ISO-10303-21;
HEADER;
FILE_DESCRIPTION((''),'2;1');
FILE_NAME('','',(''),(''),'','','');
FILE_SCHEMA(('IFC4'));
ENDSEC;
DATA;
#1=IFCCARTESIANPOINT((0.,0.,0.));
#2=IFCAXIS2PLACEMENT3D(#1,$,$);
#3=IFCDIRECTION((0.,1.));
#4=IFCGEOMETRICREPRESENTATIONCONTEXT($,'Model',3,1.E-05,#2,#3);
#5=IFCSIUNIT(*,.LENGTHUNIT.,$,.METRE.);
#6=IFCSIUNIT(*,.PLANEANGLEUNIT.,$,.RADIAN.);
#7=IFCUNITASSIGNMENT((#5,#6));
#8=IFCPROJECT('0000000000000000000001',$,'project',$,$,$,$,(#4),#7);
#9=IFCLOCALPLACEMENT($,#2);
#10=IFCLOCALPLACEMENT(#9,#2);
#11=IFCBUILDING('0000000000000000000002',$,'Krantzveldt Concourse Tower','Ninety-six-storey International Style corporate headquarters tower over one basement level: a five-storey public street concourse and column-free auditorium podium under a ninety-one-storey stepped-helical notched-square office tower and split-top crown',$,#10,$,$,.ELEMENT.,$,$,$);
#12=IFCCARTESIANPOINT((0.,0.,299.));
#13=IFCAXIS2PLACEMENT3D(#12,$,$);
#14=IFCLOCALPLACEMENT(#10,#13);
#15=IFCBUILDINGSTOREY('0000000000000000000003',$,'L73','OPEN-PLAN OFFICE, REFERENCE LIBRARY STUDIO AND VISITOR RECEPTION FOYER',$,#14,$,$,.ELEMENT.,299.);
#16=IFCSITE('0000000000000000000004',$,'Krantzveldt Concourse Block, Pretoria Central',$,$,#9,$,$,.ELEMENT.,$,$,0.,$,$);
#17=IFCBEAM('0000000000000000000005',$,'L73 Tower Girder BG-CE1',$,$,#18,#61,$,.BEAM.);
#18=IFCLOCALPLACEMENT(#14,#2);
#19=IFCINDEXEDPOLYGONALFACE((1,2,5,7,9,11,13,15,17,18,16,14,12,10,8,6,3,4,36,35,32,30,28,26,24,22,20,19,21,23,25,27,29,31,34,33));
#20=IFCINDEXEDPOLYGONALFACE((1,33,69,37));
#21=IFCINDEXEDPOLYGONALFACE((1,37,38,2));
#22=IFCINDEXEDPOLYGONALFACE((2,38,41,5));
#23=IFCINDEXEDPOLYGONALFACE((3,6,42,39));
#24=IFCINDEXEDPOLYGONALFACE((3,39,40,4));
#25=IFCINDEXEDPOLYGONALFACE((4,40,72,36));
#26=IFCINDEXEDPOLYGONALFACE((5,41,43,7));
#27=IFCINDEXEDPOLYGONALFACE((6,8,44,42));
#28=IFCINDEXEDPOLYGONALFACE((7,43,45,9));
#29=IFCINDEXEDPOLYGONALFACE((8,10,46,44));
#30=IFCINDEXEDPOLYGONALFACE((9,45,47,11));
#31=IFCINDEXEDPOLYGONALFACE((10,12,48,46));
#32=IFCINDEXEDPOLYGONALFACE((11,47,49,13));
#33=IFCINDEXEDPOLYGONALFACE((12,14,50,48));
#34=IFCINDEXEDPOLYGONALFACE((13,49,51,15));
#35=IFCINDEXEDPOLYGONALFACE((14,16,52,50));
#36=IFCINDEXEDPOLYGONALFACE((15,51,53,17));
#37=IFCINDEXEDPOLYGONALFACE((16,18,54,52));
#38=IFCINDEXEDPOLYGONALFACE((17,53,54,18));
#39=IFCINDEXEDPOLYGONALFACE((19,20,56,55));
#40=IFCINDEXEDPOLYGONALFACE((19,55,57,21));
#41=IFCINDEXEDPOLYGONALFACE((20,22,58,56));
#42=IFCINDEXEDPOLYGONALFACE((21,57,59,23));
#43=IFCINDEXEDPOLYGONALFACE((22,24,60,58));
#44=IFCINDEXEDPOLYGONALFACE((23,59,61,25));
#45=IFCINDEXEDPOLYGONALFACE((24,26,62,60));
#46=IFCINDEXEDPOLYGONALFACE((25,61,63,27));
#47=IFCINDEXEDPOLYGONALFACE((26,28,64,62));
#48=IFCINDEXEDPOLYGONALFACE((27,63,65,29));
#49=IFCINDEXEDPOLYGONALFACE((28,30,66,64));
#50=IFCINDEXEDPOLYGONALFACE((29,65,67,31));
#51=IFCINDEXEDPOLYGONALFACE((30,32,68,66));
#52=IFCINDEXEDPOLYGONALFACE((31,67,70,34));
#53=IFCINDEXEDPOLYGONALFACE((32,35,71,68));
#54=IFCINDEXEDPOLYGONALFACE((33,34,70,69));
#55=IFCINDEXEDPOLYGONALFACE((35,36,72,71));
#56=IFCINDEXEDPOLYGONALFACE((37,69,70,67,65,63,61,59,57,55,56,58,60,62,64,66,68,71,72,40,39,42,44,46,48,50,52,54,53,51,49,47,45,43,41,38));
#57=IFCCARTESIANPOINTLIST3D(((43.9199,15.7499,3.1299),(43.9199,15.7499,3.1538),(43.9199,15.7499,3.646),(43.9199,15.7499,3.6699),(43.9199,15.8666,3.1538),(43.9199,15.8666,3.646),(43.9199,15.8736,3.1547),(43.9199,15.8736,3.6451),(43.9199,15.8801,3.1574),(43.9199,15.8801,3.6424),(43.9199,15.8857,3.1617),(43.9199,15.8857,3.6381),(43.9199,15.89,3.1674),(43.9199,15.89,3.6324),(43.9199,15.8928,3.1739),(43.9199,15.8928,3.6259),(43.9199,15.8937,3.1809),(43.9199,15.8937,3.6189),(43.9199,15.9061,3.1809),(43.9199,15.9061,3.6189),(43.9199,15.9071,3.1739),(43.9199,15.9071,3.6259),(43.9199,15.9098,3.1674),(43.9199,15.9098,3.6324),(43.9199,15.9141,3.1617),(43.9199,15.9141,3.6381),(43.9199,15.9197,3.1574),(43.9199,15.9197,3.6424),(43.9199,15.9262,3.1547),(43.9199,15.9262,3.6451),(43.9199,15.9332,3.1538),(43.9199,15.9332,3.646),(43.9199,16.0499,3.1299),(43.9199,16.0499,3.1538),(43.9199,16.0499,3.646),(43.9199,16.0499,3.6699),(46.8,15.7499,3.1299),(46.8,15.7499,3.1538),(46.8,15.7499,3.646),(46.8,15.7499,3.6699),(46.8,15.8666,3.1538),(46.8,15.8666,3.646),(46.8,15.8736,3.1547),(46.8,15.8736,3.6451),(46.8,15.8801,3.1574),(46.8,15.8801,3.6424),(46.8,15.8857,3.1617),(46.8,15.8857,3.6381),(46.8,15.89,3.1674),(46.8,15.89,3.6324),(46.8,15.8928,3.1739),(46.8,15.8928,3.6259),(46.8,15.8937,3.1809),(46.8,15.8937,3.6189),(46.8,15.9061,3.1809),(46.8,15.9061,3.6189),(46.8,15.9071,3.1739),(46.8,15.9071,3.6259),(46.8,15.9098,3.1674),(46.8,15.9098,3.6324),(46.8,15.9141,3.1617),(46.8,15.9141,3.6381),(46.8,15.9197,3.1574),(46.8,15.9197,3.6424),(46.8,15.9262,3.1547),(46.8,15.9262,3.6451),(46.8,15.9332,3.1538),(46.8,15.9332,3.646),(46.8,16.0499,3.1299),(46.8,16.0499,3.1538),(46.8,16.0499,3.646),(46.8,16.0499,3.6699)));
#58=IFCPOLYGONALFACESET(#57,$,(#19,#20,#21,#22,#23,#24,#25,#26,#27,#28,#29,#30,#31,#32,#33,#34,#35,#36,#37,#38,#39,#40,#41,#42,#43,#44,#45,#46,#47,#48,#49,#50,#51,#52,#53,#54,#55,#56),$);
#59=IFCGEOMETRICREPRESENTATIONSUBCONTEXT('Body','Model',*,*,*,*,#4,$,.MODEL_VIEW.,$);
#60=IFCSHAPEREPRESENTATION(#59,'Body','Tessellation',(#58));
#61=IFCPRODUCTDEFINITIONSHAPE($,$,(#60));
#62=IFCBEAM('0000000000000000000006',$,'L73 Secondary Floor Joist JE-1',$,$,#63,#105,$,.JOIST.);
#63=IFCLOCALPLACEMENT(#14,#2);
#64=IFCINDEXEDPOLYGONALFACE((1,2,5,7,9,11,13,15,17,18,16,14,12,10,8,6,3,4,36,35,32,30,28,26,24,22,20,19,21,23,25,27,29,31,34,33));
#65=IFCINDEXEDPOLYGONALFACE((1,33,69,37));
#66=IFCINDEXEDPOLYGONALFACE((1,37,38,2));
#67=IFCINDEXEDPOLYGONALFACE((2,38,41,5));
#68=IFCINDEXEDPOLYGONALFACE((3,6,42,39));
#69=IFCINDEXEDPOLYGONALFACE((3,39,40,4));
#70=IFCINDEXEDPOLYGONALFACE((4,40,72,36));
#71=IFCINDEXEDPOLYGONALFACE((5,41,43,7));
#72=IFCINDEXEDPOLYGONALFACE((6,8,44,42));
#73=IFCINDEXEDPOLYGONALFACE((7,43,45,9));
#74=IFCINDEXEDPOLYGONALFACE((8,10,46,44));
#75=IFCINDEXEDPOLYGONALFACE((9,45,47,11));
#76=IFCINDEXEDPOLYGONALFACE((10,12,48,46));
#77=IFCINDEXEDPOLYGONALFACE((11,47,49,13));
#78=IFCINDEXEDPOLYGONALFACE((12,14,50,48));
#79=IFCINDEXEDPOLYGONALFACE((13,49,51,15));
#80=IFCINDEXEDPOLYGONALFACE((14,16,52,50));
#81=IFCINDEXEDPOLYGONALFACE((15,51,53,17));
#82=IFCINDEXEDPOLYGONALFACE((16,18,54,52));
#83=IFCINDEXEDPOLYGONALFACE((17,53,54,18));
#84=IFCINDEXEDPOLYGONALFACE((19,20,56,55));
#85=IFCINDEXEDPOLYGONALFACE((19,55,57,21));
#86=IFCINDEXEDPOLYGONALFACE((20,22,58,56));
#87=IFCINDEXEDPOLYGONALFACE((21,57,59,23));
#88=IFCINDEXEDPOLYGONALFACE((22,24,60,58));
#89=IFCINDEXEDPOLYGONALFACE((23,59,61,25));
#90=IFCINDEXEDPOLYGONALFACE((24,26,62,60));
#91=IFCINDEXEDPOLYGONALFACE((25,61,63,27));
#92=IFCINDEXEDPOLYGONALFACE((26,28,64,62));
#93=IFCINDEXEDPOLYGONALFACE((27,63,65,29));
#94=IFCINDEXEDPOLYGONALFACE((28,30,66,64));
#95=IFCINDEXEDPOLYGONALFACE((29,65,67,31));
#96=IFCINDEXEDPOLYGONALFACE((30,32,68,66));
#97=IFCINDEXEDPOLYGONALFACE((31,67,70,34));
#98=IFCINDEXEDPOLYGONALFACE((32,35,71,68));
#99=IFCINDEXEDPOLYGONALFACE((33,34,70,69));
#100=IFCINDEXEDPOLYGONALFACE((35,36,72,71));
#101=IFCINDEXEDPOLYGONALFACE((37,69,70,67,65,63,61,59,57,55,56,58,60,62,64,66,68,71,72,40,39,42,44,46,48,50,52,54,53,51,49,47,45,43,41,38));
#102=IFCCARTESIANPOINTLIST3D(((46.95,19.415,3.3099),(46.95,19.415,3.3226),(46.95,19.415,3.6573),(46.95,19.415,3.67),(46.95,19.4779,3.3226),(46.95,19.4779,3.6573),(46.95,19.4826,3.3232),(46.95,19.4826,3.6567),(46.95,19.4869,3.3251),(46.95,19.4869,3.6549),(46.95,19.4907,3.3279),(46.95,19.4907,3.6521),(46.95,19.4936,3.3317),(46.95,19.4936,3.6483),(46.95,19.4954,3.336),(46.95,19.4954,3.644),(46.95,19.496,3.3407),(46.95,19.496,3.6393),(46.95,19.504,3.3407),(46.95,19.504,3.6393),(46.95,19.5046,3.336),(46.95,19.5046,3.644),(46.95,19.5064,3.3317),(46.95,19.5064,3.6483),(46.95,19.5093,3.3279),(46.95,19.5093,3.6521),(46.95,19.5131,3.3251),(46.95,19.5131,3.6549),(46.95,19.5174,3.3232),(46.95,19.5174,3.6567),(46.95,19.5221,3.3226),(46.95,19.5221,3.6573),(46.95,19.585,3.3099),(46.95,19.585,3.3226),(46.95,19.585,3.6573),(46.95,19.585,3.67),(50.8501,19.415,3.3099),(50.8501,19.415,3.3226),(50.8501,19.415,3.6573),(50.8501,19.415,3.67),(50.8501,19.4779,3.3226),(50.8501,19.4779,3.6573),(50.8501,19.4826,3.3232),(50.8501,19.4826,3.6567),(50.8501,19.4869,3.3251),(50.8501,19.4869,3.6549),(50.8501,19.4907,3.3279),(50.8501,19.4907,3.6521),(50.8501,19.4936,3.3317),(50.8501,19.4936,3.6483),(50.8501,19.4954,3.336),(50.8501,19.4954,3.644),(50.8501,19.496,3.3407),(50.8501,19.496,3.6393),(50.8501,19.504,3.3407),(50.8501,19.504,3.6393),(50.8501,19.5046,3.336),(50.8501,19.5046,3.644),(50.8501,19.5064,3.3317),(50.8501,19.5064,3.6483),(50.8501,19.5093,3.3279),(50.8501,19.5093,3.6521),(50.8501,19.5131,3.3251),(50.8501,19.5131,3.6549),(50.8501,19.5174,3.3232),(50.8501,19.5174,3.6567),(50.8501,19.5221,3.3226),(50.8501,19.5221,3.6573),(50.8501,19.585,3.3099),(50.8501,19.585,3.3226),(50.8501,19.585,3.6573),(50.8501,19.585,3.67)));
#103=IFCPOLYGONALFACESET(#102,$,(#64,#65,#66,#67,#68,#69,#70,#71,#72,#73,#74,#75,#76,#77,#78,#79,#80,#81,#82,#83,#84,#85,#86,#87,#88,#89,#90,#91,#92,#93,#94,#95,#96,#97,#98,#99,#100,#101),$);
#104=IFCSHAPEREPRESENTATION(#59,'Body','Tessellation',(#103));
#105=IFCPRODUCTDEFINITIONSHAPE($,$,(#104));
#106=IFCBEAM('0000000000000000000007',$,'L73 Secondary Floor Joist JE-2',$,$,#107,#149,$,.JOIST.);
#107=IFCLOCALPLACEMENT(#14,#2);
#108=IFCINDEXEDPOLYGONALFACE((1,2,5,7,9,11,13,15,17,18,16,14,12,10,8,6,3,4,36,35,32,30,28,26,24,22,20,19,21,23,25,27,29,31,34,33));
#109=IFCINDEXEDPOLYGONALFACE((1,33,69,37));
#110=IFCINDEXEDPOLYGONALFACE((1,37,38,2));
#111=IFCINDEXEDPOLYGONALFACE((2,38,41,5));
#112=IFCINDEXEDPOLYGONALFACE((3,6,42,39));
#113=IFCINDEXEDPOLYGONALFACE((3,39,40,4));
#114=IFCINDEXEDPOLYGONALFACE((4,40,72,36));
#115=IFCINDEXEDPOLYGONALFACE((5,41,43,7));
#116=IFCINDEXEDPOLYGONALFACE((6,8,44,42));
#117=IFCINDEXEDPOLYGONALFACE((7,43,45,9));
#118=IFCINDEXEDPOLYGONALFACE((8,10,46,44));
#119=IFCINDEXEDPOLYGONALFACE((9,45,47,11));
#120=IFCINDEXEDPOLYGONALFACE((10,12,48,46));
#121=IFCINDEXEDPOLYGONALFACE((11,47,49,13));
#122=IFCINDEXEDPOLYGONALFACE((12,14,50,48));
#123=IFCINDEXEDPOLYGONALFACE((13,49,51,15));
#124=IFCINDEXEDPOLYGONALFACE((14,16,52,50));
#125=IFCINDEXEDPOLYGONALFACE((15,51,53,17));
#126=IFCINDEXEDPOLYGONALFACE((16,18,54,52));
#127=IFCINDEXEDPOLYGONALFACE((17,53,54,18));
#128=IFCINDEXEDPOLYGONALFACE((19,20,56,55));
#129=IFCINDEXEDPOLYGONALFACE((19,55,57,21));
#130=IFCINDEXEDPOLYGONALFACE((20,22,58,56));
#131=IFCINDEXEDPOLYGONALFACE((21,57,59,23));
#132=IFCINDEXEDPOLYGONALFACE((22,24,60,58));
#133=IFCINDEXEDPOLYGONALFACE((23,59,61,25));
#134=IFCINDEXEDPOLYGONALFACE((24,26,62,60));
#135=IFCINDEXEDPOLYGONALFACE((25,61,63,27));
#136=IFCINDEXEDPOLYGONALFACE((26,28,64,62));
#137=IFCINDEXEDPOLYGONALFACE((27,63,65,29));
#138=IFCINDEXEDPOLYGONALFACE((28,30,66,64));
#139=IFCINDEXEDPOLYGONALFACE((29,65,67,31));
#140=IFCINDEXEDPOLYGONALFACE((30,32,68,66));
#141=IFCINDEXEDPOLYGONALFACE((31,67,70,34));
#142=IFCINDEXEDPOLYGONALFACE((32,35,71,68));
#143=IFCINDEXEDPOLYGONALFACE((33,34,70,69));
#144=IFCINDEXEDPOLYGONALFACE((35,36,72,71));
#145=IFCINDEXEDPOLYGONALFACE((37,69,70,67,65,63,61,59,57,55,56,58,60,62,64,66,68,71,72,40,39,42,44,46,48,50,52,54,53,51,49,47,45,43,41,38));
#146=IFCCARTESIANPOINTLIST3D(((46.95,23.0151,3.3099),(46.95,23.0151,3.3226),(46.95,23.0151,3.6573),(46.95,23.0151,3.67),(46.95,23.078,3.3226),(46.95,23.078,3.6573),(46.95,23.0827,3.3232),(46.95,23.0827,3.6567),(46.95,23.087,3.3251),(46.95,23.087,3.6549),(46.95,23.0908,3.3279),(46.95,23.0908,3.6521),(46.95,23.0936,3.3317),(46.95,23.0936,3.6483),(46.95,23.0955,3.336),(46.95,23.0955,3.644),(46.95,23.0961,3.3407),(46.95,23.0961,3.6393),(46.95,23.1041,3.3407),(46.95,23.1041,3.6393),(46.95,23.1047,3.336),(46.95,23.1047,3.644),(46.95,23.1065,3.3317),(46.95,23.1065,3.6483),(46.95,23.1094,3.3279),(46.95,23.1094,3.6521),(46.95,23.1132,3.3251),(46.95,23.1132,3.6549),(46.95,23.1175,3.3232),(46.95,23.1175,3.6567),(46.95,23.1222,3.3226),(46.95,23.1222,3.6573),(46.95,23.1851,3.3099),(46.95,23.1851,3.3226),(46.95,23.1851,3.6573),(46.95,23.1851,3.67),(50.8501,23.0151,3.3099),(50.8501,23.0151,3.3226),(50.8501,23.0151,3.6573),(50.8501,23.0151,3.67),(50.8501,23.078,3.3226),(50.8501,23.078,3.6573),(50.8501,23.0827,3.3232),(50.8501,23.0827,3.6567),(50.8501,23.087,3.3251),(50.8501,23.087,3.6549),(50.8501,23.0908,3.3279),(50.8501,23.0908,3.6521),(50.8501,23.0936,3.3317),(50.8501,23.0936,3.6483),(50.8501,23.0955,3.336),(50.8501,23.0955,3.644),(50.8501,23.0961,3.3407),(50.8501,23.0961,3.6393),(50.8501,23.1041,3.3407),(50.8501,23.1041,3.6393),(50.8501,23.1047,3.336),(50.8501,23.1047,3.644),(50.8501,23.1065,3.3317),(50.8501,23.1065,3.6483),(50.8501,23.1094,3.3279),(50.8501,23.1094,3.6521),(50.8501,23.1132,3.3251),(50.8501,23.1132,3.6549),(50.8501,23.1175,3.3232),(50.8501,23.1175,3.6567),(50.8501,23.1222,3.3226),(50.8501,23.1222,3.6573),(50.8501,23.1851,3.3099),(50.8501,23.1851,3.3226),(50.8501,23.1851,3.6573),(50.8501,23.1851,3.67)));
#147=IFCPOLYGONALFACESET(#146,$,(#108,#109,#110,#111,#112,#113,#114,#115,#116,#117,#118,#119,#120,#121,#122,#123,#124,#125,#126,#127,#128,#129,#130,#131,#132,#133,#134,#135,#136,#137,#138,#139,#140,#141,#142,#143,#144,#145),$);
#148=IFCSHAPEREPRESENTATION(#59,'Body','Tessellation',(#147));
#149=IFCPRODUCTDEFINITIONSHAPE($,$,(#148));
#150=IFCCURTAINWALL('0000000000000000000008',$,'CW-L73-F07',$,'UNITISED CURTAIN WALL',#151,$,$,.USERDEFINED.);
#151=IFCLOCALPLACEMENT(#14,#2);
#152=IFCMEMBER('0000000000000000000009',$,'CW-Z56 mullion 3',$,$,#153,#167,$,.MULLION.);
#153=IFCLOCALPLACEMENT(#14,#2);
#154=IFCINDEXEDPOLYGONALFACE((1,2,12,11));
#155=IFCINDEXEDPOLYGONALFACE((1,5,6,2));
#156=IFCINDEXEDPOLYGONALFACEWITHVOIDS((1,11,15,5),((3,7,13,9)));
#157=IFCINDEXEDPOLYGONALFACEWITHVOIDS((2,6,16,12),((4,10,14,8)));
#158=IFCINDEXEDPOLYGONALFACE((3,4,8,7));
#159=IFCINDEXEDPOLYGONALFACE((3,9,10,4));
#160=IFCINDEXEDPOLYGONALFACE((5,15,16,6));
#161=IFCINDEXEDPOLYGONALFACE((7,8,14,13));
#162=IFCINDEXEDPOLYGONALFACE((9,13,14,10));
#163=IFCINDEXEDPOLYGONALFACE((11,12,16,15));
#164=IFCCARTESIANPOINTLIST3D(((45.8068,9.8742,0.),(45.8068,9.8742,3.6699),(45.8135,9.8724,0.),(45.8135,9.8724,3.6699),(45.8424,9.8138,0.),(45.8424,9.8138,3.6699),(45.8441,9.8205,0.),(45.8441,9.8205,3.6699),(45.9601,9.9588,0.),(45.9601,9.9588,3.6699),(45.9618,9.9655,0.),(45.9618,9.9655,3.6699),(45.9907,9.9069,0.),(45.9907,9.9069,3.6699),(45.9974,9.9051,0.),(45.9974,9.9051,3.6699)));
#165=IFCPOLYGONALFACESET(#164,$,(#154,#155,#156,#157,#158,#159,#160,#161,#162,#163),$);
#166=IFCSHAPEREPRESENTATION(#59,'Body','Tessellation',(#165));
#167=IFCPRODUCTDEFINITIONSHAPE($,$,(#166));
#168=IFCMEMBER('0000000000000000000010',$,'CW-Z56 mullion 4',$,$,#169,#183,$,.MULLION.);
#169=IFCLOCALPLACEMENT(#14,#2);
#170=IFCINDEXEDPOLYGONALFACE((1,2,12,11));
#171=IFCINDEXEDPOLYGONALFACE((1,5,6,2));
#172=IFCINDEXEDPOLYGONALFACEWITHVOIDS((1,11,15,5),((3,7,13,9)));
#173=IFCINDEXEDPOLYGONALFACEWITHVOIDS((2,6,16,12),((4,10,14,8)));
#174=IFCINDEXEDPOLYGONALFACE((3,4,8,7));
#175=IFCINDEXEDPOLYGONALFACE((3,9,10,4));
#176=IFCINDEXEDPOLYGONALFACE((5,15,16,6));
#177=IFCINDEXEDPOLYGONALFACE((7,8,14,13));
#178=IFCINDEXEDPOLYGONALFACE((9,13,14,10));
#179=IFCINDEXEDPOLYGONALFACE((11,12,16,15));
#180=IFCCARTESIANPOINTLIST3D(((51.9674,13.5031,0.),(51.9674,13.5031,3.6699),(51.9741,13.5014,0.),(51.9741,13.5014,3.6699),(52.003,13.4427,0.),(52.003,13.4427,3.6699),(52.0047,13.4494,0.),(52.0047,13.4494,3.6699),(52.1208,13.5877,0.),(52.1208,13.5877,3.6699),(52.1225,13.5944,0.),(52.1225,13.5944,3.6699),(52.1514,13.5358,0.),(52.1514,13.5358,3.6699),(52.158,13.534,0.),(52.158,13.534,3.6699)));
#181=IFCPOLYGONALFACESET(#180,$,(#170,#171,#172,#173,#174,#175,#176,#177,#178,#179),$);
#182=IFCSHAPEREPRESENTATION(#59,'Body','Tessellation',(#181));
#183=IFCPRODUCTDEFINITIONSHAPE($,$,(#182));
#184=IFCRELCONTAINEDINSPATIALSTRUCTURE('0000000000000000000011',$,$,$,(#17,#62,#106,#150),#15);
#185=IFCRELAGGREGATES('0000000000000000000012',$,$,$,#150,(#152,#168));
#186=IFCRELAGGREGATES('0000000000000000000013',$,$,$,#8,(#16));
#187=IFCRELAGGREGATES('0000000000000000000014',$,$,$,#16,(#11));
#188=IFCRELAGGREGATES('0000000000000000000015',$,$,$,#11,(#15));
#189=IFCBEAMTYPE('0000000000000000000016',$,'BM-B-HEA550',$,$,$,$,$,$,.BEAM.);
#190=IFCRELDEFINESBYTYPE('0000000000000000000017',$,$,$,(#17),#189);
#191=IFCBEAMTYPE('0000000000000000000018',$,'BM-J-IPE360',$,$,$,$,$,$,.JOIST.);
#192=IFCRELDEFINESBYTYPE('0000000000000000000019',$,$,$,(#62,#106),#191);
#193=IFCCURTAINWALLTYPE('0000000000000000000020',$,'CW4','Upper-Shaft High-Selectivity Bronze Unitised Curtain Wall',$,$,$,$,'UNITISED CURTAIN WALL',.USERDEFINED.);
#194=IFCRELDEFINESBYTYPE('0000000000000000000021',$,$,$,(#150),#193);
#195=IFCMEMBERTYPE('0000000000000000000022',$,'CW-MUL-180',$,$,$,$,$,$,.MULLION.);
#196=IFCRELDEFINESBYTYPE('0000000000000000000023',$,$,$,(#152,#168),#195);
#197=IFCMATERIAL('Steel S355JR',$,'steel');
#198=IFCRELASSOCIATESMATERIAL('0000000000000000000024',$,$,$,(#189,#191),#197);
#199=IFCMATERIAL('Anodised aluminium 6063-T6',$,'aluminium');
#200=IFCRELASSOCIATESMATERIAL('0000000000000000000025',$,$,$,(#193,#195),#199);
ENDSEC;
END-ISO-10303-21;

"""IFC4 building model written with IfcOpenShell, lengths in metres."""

from ifc_helpers import new_model, si_unit, direction, frame, origin, origin_2d, place, context, subcontext, project, spatial, hollow_rectangle, i_section, extrude, source, transform, mapped, material, material_profile, profile_set, type_object, type_shapes, element, aggregate, save


model = new_model("IFC4")

# Units and contexts
model_context = context("Model", 3, precision=1e-05, world=origin(), true_north=direction((0.0, 1.0)))
body_context = subcontext(model_context, "Body", "Model", "MODEL_VIEW")
ifc_project = project(units=[si_unit("LENGTHUNIT", "METRE"), si_unit("PLANEANGLEUNIT", "RADIAN")], contexts=[model_context])

# Site, building, storey
site_placement = place(None, origin())
site = spatial("IfcSite", under=ifc_project, at=site_placement, Name="Krantzveldt Concourse Block, Pretoria Central", CompositionType="ELEMENT", RefElevation=0.0)
building_placement = place(site_placement, origin())
building = spatial("IfcBuilding", under=site, at=building_placement, Name="Krantzveldt Concourse Tower", Description="Ninety-six-storey International Style corporate headquarters tower over one basement level: a five-storey public street concourse and column-free auditorium podium under a ninety-one-storey stepped-helical notched-square office tower and split-top crown", CompositionType="ELEMENT")
storey_placement = place(building_placement, frame((0.0, 0.0, 299.0)))
storey = spatial("IfcBuildingStorey", under=building, at=storey_placement, Name="L73", Description="OPEN-PLAN OFFICE, REFERENCE LIBRARY STUDIO AND VISITOR RECEPTION FOYER", CompositionType="ELEMENT", Elevation=299.0)

# Beams
ifc_material_1 = material(Name="Steel S355JR", Category="steel")
ifc_material_profile_1 = material_profile(ifc_material_1, i_section(OverallWidth=0.3, OverallDepth=0.54, WebThickness=0.0125, FlangeThickness=0.0239, FilletRadius=0.0271, at=origin_2d()), Name="Steel S355JR", Category="steel")
ifc_profile_set_1 = profile_set([ifc_material_profile_1], Name="Steel S355JR - HEA 550")
beam_type_1 = type_object("IfcBeamType", Name="BM-B-HEA550", PredefinedType="BEAM", material=ifc_profile_set_1)
shared_shape_1 = source(origin(), body_context, "Body", "SweptSolid", [
    extrude(i_section(OverallWidth=0.3, OverallDepth=0.54, WebThickness=0.0125, FlangeThickness=0.0239, FilletRadius=0.0271, at=origin_2d()), origin(), (0.0, 0.0, 1.0), 2.8801),
])
beam_1_placement = place(storey_placement, frame((43.9199, 15.8999, 3.3999), z_axis=(1.0, 0.0, 0.0), x_axis=(0.0, 1.0, 0.0)))
element("IfcBeam", 1, at=beam_1_placement, inside=storey, type_object=beam_type_1, Name="L73 Tower Girder BG-CE1", PredefinedType="BEAM", context=body_context, shape_type="MappedRepresentation", body=[
    mapped(shared_shape_1, transform((0.0, 0.0, 0.0), x_axis=(1.0, 0.0, 0.0), y_axis=(0.0, 1.0, 0.0), z_axis=(0.0, 0.0, 1.0), scale=1.0)),
])
ifc_material_profile_2 = material_profile(ifc_material_1, i_section(OverallWidth=0.1699, OverallDepth=0.3601, WebThickness=0.0081, FlangeThickness=0.0127, FilletRadius=0.0181, at=origin_2d()), Name="Steel S355JR", Category="steel")
ifc_profile_set_2 = profile_set([ifc_material_profile_2], Name="Steel S355JR - IPE 360")
beam_type_2 = type_object("IfcBeamType", Name="BM-J-IPE360", PredefinedType="JOIST", material=ifc_profile_set_2)
shared_shape_2 = source(origin(), body_context, "Body", "SweptSolid", [
    extrude(i_section(OverallWidth=0.1699, OverallDepth=0.3601, WebThickness=0.0081, FlangeThickness=0.0127, FilletRadius=0.0181, at=origin_2d()), origin(), (0.0, 0.0, 1.0), 3.9001),
])
type_shapes(beam_type_2, [shared_shape_2])
for number, where, z_axis, x_axis, name in (
    (2, (46.95, 19.5, 3.49), (1.0, 0.0, 0.0), (0.0, 1.0, 0.0), "L73 Secondary Floor Joist JE-1"),
    (3, (46.95, 23.1001, 3.49), (1.0, 0.0, 0.0), (0.0, 1.0, 0.0), "L73 Secondary Floor Joist JE-2"),
):
    element("IfcBeam", number, at=place(storey_placement, frame(where, z_axis=z_axis, x_axis=x_axis)), inside=storey, type_object=beam_type_2, Name=name, PredefinedType="JOIST", context=body_context, shape_type="MappedRepresentation", body=[
        mapped(shared_shape_2, transform((0.0, 0.0, 0.0), x_axis=(1.0, 0.0, 0.0), y_axis=(0.0, 1.0, 0.0), z_axis=(0.0, 0.0, 1.0), scale=1.0)),
    ])

# Curtain wall, members
ifc_material_2 = material(Name="Anodised aluminium 6063-T6", Category="aluminium")
curtain_wall_type = type_object("IfcCurtainWallType", Name="CW4", Description="Upper-Shaft High-Selectivity Bronze Unitised Curtain Wall", ElementType="UNITISED CURTAIN WALL", PredefinedType="USERDEFINED", material=ifc_material_2)
curtain_wall_1_placement = place(storey_placement, origin())
curtain_wall_1 = element("IfcCurtainWall", 4, at=curtain_wall_1_placement, inside=storey, type_object=curtain_wall_type, Name="CW-L73-F07", ObjectType="UNITISED CURTAIN WALL", PredefinedType="USERDEFINED")
ifc_material_profile_3 = material_profile(ifc_material_2, hollow_rectangle(XDim=0.0701, YDim=0.1799, WallThickness=0.0049, at=origin_2d()), Name="Anodised aluminium 6063-T6", Category="aluminium")
ifc_profile_set_3 = profile_set([ifc_material_profile_3], Name="Anodised aluminium 6063-T6 - ALU-MULL 180x70x5")
member_type_1 = type_object("IfcMemberType", Name="CW-MUL-180", PredefinedType="MULLION", material=ifc_profile_set_3)
shared_shape_3 = source(origin(), body_context, "Body", "SweptSolid", [
    extrude(hollow_rectangle(XDim=0.0701, YDim=0.1799, WallThickness=0.0049, at=origin_2d()), origin(), (0.0, 0.0, 1.0), 3.6699),
])
type_shapes(member_type_1, [shared_shape_3])
member_1_placement = place(storey_placement, frame((45.9021, 9.8896, 0.0), z_axis=(0.0, 0.0, 1.0), x_axis=(-0.507538, 0.861629, 0.0)))
member_1 = element("IfcMember", 5, at=member_1_placement, type_object=member_type_1, Name="CW-Z56 mullion 3", PredefinedType="MULLION", context=body_context, shape_type="MappedRepresentation", body=[
    mapped(shared_shape_3, transform((0.0, 0.0, 0.0), x_axis=(1.0, 0.0, 0.0), y_axis=(0.0, 1.0, 0.0), z_axis=(0.0, 0.0, 1.0), scale=1.0)),
])
member_2_placement = place(storey_placement, frame((52.0627, 13.5186, 0.0), z_axis=(0.0, 0.0, 1.0), x_axis=(-0.507538, 0.861629, 0.0)))
member_2 = element("IfcMember", 6, at=member_2_placement, type_object=member_type_1, Name="CW-Z56 mullion 4", PredefinedType="MULLION", context=body_context, shape_type="MappedRepresentation", body=[
    mapped(shared_shape_3, transform((0.0, 0.0, 0.0), x_axis=(1.0, 0.0, 0.0), y_axis=(0.0, 1.0, 0.0), z_axis=(0.0, 0.0, 1.0), scale=1.0)),
])

aggregate(curtain_wall_1, [member_1, member_2])

save(model, "model.ifc")
